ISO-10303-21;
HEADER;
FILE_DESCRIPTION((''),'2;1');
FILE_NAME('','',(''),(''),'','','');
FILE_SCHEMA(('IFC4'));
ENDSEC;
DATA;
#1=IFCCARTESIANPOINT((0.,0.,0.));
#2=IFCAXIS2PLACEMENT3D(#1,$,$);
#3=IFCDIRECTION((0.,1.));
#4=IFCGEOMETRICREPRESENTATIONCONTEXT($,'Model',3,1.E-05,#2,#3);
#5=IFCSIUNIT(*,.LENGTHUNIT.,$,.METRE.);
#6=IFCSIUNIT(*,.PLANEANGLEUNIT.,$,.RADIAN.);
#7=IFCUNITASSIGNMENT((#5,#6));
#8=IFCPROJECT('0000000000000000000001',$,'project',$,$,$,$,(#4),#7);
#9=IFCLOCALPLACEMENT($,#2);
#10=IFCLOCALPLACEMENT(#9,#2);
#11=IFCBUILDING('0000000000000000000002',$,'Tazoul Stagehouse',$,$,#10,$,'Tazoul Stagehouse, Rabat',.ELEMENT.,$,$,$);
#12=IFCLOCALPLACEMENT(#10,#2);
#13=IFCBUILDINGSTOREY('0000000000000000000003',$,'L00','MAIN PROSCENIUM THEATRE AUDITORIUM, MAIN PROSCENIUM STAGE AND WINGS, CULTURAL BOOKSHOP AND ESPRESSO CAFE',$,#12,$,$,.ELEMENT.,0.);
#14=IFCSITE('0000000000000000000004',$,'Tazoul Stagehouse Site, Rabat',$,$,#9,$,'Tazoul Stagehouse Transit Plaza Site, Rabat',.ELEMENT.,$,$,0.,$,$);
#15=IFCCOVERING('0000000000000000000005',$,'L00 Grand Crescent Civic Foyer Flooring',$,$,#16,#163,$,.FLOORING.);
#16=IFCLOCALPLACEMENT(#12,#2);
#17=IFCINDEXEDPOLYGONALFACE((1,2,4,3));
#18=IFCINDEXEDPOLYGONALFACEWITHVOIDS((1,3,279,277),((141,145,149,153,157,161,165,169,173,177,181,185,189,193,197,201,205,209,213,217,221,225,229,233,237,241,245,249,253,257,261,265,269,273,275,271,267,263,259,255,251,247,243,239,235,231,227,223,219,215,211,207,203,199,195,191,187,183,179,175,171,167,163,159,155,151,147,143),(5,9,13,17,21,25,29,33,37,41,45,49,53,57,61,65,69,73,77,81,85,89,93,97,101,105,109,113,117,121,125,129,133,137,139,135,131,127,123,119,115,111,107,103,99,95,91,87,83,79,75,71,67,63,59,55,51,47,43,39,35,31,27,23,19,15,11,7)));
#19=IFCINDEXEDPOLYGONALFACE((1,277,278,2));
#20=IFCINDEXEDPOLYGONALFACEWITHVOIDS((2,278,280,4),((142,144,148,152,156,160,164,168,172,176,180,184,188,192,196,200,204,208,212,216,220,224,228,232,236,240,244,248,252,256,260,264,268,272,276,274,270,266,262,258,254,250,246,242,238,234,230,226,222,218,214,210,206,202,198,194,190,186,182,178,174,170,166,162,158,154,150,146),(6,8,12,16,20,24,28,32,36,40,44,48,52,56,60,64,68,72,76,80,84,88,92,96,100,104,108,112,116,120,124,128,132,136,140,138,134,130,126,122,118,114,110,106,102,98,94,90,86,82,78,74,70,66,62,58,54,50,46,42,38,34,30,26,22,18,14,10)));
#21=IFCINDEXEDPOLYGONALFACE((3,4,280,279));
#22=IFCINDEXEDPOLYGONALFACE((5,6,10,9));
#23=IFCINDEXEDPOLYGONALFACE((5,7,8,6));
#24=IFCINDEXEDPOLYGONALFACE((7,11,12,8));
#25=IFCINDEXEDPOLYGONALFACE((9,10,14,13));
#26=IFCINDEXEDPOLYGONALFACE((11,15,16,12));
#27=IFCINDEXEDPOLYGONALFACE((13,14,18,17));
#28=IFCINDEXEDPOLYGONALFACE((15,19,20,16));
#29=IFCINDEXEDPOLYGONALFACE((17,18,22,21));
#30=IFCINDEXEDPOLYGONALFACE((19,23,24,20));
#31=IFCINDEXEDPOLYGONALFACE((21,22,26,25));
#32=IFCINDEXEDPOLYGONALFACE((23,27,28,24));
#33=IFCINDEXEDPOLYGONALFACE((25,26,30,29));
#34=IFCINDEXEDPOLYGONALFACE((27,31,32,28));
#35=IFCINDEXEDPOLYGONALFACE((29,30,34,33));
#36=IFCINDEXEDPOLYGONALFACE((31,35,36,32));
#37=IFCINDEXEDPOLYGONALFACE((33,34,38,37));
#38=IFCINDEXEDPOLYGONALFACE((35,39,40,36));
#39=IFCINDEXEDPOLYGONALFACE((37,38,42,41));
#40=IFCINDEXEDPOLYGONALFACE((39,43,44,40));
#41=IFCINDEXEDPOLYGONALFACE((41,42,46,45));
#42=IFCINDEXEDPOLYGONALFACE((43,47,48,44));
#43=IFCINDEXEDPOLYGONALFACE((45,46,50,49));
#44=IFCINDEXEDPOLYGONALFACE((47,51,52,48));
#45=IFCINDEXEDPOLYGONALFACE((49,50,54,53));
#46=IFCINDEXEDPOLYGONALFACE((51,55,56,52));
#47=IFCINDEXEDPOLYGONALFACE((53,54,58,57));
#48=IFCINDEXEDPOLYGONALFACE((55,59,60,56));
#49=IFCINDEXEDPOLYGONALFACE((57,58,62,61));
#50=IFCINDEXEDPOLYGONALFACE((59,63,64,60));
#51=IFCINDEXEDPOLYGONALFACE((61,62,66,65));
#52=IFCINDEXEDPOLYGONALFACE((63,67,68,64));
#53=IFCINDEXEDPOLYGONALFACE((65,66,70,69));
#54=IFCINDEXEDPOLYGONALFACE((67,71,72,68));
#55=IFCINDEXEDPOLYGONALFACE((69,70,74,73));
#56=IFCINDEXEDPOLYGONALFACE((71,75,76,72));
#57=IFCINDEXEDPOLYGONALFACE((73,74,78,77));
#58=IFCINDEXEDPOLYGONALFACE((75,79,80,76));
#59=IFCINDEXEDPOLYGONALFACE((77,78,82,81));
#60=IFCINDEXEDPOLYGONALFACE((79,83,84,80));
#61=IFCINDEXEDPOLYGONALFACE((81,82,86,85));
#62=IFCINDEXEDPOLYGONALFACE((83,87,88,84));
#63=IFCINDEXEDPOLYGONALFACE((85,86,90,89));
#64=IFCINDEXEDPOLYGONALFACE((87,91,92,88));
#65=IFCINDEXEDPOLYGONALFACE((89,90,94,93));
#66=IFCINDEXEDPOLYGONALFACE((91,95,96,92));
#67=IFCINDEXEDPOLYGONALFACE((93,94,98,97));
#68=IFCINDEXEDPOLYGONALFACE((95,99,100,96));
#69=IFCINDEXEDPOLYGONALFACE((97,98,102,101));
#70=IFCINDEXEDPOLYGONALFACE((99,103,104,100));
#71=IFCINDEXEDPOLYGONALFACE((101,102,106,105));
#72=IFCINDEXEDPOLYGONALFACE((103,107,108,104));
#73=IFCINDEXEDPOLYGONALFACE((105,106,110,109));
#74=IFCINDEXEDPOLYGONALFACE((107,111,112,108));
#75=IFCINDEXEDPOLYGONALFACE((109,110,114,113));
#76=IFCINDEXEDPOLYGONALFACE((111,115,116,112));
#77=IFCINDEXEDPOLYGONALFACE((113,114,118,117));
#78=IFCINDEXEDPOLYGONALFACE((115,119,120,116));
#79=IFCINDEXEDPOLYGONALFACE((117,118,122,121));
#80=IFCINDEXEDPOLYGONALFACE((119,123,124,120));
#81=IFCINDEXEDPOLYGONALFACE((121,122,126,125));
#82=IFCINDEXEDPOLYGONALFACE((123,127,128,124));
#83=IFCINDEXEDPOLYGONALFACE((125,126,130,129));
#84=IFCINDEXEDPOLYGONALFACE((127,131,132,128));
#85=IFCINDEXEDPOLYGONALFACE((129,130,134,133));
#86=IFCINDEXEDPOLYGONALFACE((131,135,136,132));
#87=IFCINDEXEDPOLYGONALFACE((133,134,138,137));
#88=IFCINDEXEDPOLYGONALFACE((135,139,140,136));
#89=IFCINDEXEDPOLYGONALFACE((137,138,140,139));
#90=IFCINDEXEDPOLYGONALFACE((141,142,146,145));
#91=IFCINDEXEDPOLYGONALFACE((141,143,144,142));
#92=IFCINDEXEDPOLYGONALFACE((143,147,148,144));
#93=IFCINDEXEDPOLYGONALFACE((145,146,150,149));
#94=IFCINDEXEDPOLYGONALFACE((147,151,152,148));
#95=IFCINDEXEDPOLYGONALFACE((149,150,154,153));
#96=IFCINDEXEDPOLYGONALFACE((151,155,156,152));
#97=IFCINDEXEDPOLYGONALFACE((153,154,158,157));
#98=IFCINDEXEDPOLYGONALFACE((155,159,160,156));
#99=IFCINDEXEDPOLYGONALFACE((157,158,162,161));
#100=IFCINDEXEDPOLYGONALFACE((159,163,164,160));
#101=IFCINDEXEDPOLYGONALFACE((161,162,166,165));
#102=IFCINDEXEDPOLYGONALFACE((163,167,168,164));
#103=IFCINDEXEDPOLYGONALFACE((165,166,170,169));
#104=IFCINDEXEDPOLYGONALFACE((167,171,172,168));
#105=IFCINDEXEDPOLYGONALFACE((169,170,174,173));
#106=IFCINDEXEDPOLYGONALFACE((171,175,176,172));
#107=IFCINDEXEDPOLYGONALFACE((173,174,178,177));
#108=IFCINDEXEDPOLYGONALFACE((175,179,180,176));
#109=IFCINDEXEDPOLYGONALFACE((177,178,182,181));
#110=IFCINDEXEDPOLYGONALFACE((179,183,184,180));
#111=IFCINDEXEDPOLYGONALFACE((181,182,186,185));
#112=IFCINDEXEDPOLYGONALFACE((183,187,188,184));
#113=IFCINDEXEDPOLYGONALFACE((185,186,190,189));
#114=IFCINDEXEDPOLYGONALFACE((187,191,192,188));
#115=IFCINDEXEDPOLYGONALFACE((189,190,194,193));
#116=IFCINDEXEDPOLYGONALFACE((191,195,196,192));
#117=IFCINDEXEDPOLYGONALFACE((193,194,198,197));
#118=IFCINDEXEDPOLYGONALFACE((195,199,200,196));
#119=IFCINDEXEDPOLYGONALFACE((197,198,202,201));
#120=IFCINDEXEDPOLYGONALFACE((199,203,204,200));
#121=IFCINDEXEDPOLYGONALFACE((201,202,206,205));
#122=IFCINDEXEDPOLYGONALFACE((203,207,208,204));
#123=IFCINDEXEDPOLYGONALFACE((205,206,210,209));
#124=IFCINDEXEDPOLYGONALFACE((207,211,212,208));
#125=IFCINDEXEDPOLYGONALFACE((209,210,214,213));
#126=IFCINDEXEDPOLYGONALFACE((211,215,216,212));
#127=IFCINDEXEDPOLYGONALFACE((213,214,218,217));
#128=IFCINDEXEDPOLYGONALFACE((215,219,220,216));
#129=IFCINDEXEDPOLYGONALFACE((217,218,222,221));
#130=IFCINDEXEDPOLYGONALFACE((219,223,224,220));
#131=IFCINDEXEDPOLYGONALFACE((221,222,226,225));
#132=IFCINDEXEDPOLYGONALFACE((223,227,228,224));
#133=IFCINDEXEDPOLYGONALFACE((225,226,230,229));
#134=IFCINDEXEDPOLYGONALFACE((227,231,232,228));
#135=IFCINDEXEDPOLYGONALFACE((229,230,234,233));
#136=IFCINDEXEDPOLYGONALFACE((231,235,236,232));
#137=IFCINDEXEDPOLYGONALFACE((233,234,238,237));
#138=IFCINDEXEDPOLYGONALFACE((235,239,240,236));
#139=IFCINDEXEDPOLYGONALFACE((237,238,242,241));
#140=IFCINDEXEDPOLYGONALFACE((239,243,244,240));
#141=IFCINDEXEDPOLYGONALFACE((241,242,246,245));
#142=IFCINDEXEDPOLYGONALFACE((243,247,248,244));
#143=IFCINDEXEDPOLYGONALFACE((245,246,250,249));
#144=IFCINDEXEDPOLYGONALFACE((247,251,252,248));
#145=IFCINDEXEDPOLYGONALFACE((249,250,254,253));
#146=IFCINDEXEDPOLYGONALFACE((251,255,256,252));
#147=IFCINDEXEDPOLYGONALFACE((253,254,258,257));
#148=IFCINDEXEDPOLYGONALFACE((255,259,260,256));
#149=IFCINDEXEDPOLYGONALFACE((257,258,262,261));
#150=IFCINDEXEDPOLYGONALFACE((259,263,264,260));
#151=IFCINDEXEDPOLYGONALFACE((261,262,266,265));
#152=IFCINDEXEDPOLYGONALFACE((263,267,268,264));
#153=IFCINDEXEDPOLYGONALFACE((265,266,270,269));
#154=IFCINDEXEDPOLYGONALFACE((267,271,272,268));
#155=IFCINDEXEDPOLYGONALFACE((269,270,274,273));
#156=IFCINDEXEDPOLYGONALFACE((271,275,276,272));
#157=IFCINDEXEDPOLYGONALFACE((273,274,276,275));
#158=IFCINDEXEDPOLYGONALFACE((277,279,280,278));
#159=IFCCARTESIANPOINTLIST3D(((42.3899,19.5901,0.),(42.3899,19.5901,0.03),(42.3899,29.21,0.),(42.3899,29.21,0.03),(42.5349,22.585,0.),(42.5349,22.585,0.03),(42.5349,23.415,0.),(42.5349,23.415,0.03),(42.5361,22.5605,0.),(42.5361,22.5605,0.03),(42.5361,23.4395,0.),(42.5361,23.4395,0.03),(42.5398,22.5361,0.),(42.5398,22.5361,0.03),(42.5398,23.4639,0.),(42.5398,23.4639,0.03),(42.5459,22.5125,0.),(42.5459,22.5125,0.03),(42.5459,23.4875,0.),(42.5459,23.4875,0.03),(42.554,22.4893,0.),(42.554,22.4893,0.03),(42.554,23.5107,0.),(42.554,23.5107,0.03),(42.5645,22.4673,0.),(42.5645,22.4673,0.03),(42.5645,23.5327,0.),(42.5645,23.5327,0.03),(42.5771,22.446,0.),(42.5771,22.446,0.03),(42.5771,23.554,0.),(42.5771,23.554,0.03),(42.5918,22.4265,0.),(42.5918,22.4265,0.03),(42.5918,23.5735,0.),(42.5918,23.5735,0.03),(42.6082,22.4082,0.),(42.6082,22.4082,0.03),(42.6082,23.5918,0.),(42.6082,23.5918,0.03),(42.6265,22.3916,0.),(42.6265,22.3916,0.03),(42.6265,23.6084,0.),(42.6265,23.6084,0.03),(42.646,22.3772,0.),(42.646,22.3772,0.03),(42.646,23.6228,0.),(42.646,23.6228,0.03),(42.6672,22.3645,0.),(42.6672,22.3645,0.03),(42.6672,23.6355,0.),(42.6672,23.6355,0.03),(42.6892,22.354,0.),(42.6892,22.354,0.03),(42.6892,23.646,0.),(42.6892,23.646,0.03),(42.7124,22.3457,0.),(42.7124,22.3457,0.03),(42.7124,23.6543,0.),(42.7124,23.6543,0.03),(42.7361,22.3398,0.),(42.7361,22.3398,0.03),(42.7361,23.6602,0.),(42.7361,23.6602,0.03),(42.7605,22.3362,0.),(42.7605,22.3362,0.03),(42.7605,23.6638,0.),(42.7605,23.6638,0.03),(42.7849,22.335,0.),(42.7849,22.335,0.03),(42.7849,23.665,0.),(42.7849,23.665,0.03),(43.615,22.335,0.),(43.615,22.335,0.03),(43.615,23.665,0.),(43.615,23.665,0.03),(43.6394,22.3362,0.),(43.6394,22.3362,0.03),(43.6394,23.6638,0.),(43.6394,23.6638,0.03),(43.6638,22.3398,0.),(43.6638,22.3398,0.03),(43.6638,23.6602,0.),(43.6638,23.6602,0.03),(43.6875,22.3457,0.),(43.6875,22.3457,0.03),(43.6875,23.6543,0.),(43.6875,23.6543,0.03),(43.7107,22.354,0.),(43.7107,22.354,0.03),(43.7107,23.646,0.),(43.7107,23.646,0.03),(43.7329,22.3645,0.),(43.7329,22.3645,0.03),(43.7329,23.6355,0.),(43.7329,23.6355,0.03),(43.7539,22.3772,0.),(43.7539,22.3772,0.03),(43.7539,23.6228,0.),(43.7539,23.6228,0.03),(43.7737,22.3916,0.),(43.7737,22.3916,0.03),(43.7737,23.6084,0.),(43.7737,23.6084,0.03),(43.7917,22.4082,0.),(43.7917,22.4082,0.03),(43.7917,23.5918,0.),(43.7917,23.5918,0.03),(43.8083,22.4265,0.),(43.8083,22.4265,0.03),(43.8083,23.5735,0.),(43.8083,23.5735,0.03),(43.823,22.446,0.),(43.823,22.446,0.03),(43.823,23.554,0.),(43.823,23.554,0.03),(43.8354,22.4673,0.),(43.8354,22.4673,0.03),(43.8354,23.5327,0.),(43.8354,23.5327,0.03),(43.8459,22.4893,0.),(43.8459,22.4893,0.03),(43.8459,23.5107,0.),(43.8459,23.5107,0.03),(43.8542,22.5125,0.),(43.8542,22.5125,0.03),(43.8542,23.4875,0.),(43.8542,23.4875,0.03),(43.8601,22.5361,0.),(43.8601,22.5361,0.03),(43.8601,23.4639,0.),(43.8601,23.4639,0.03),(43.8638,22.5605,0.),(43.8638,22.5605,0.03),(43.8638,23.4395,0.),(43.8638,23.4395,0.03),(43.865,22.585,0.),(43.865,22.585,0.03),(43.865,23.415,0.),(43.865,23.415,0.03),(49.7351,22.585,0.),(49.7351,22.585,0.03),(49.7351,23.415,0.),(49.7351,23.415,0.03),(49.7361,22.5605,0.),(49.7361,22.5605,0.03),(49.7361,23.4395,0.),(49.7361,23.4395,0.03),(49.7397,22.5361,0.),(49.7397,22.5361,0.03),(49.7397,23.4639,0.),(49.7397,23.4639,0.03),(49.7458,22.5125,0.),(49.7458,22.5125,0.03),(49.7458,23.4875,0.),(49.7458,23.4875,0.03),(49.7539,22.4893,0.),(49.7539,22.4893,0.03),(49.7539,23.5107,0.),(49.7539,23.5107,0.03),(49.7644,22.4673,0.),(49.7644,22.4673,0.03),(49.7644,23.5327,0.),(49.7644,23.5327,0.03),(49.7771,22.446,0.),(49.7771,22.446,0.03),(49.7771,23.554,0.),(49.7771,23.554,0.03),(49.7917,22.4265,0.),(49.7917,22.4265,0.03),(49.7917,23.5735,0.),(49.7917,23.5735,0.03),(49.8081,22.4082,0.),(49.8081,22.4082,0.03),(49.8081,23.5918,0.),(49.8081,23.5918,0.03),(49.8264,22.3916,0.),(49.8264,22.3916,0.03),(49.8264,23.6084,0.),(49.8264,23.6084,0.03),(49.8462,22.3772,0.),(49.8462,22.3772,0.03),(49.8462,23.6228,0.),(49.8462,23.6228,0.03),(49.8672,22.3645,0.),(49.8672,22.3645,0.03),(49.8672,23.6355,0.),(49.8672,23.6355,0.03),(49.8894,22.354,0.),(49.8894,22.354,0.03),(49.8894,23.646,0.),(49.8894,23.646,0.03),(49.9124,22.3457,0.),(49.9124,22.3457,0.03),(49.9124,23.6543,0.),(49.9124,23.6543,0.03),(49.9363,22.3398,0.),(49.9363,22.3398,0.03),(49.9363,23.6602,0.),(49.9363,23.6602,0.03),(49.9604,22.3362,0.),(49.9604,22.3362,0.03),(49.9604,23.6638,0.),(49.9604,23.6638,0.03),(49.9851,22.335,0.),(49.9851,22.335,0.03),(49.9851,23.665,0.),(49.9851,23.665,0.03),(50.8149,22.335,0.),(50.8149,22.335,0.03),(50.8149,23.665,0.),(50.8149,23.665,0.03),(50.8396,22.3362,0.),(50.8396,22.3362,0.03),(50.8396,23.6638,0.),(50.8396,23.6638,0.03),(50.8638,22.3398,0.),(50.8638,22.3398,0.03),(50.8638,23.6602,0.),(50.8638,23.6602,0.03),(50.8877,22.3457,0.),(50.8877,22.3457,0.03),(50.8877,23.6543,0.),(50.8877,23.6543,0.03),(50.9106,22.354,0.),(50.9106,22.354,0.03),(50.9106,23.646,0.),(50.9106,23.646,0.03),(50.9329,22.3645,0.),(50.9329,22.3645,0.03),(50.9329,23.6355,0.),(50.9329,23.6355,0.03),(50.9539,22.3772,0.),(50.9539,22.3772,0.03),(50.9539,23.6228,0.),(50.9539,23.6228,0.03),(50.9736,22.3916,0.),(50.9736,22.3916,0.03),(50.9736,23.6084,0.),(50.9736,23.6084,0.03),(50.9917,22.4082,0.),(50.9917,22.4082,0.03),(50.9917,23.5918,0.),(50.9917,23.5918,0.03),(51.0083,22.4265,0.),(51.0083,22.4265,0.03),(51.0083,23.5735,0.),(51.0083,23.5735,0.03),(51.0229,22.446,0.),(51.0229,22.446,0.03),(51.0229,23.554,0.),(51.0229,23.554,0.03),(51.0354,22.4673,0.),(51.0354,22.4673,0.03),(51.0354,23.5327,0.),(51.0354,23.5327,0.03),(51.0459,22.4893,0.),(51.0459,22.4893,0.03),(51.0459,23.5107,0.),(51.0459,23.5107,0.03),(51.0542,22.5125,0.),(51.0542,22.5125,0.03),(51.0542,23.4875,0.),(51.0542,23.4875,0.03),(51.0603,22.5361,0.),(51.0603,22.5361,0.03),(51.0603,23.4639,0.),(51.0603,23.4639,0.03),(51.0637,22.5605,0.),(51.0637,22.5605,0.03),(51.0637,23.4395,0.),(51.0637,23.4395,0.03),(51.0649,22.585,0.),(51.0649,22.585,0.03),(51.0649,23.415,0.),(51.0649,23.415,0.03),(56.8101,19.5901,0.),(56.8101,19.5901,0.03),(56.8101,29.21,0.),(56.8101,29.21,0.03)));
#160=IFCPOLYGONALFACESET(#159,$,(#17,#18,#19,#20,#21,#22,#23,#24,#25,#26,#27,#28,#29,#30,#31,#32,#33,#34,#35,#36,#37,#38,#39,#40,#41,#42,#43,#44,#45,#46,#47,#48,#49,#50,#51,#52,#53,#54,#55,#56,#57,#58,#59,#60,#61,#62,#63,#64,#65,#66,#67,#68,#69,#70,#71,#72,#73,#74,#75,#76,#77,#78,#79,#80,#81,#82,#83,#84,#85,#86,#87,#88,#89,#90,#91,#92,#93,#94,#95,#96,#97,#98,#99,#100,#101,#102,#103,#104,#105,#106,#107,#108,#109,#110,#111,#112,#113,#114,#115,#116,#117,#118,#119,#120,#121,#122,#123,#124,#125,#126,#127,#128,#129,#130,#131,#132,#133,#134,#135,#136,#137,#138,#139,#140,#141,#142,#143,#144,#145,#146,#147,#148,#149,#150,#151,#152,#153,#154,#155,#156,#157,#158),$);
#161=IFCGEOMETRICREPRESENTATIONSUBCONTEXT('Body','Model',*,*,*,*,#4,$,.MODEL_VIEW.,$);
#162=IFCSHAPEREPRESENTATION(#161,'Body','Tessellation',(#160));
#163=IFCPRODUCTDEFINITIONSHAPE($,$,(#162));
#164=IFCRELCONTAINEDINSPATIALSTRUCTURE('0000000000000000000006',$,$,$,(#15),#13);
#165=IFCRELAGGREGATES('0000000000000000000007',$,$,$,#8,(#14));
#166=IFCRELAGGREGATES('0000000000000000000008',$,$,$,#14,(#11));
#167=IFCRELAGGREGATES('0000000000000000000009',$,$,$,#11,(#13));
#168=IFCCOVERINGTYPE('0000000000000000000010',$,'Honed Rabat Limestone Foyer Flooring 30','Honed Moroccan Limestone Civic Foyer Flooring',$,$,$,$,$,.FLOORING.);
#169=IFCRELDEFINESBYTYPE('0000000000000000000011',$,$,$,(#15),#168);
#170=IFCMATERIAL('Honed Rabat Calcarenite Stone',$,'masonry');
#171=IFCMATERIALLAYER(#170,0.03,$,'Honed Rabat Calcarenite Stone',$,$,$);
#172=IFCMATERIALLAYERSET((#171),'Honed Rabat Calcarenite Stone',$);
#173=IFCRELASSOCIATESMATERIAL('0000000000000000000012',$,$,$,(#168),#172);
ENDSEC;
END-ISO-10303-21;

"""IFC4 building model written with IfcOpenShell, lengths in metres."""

from ifc_helpers import new_model, si_unit, direction, origin, place, context, subcontext, project, spatial, polyline, outline, extrude, material, layer, layer_set, type_object, element, save


model = new_model("IFC4")

# Units and contexts
model_context = context("Model", 3, precision=1e-05, world=origin(), true_north=direction((0.0, 1.0)))
body_context = subcontext(model_context, "Body", "Model", "MODEL_VIEW")
ifc_project = project(units=[si_unit("LENGTHUNIT", "METRE"), si_unit("PLANEANGLEUNIT", "RADIAN")], contexts=[model_context])

# Site, building, storey
site_placement = place(None, origin())
site = spatial("IfcSite", under=ifc_project, at=site_placement, Name="Tazoul Stagehouse Site, Rabat", LongName="Tazoul Stagehouse Transit Plaza Site, Rabat", CompositionType="ELEMENT", RefElevation=0.0)
building_placement = place(site_placement, origin())
building = spatial("IfcBuilding", under=site, at=building_placement, Name="Tazoul Stagehouse", LongName="Tazoul Stagehouse, Rabat", CompositionType="ELEMENT")
storey_placement = place(building_placement, origin())
storey = spatial("IfcBuildingStorey", under=building, at=storey_placement, Name="L00", Description="MAIN PROSCENIUM THEATRE AUDITORIUM, MAIN PROSCENIUM STAGE AND WINGS, CULTURAL BOOKSHOP AND ESPRESSO CAFE", CompositionType="ELEMENT", Elevation=0.0)

# Covering
ifc_material_1 = material(Name="Honed Rabat Calcarenite Stone", Category="masonry")
ifc_layer_1 = layer(ifc_material_1, 0.03, Name="Honed Rabat Calcarenite Stone")
ifc_layer_set_1 = layer_set([ifc_layer_1], Name="Honed Rabat Calcarenite Stone")
covering_type_1 = type_object("IfcCoveringType", Name="Honed Rabat Limestone Foyer Flooring 30", Description="Honed Moroccan Limestone Civic Foyer Flooring", PredefinedType="FLOORING", material=ifc_layer_set_1)
covering_1_placement = place(storey_placement, origin())
element("IfcCovering", 1, at=covering_1_placement, inside=storey, type_object=covering_type_1, Name="L00 Grand Crescent Civic Foyer Flooring", PredefinedType="FLOORING", context=body_context, shape_type="SweptSolid", body=[
    extrude(outline(polyline([(56.8101, 29.21), (56.8101, 19.5901), (42.3899, 19.5901), (42.3899, 29.21), (56.8101, 29.21)]), holes=[polyline([(51.0637, 23.4395), (51.0603, 23.4639), (51.0542, 23.4875), (51.0459, 23.5107), (51.0354, 23.5327), (51.0229, 23.554), (51.0083, 23.5735), (50.9917, 23.5918), (50.9736, 23.6084), (50.9539, 23.6228), (50.9329, 23.6355), (50.9106, 23.646), (50.8877, 23.6543), (50.8638, 23.6602), (50.8396, 23.6638), (50.8149, 23.665), (49.9851, 23.665), (49.9604, 23.6638), (49.9363, 23.6602), (49.9124, 23.6543), (49.8894, 23.646), (49.8672, 23.6355), (49.8462, 23.6228), (49.8264, 23.6084), (49.8081, 23.5918), (49.7917, 23.5735), (49.7771, 23.554), (49.7644, 23.5327), (49.7539, 23.5107), (49.7458, 23.4875), (49.7397, 23.4639), (49.7361, 23.4395), (49.7351, 23.415), (49.7351, 22.585), (49.7361, 22.5605), (49.7397, 22.5361), (49.7458, 22.5125), (49.7539, 22.4893), (49.7644, 22.4673), (49.7771, 22.446), (49.7917, 22.4265), (49.8081, 22.4082), (49.8264, 22.3916), (49.8462, 22.3772), (49.8672, 22.3645), (49.8894, 22.354), (49.9124, 22.3457), (49.9363, 22.3398), (49.9604, 22.3362), (49.9851, 22.335), (50.8149, 22.335), (50.8396, 22.3362), (50.8638, 22.3398), (50.8877, 22.3457), (50.9106, 22.354), (50.9329, 22.3645), (50.9539, 22.3772), (50.9736, 22.3916), (50.9917, 22.4082), (51.0083, 22.4265), (51.0229, 22.446), (51.0354, 22.4673), (51.0459, 22.4893), (51.0542, 22.5125), (51.0603, 22.5361), (51.0637, 22.5605), (51.0649, 22.585), (51.0649, 23.415), (51.0637, 23.4395)]), polyline([(43.8638, 23.4395), (43.8601, 23.4639), (43.8542, 23.4875), (43.8459, 23.5107), (43.8354, 23.5327), (43.823, 23.554), (43.8083, 23.5735), (43.7917, 23.5918), (43.7737, 23.6084), (43.7539, 23.6228), (43.7329, 23.6355), (43.7107, 23.646), (43.6875, 23.6543), (43.6638, 23.6602), (43.6394, 23.6638), (43.615, 23.665), (42.7849, 23.665), (42.7605, 23.6638), (42.7361, 23.6602), (42.7124, 23.6543), (42.6892, 23.646), (42.6672, 23.6355), (42.646, 23.6228), (42.6265, 23.6084), (42.6082, 23.5918), (42.5918, 23.5735), (42.5771, 23.554), (42.5645, 23.5327), (42.554, 23.5107), (42.5459, 23.4875), (42.5398, 23.4639), (42.5361, 23.4395), (42.5349, 23.415), (42.5349, 22.585), (42.5361, 22.5605), (42.5398, 22.5361), (42.5459, 22.5125), (42.554, 22.4893), (42.5645, 22.4673), (42.5771, 22.446), (42.5918, 22.4265), (42.6082, 22.4082), (42.6265, 22.3916), (42.646, 22.3772), (42.6672, 22.3645), (42.6892, 22.354), (42.7124, 22.3457), (42.7361, 22.3398), (42.7605, 22.3362), (42.7849, 22.335), (43.615, 22.335), (43.6394, 22.3362), (43.6638, 22.3398), (43.6875, 22.3457), (43.7107, 22.354), (43.7329, 22.3645), (43.7539, 22.3772), (43.7737, 22.3916), (43.7917, 22.4082), (43.8083, 22.4265), (43.823, 22.446), (43.8354, 22.4673), (43.8459, 22.4893), (43.8542, 22.5125), (43.8601, 22.5361), (43.8638, 22.5605), (43.865, 22.585), (43.865, 23.415), (43.8638, 23.4395)])]), origin(), (0.0, 0.0, 1.0), 0.03),
])

save(model, "model.ifc")
